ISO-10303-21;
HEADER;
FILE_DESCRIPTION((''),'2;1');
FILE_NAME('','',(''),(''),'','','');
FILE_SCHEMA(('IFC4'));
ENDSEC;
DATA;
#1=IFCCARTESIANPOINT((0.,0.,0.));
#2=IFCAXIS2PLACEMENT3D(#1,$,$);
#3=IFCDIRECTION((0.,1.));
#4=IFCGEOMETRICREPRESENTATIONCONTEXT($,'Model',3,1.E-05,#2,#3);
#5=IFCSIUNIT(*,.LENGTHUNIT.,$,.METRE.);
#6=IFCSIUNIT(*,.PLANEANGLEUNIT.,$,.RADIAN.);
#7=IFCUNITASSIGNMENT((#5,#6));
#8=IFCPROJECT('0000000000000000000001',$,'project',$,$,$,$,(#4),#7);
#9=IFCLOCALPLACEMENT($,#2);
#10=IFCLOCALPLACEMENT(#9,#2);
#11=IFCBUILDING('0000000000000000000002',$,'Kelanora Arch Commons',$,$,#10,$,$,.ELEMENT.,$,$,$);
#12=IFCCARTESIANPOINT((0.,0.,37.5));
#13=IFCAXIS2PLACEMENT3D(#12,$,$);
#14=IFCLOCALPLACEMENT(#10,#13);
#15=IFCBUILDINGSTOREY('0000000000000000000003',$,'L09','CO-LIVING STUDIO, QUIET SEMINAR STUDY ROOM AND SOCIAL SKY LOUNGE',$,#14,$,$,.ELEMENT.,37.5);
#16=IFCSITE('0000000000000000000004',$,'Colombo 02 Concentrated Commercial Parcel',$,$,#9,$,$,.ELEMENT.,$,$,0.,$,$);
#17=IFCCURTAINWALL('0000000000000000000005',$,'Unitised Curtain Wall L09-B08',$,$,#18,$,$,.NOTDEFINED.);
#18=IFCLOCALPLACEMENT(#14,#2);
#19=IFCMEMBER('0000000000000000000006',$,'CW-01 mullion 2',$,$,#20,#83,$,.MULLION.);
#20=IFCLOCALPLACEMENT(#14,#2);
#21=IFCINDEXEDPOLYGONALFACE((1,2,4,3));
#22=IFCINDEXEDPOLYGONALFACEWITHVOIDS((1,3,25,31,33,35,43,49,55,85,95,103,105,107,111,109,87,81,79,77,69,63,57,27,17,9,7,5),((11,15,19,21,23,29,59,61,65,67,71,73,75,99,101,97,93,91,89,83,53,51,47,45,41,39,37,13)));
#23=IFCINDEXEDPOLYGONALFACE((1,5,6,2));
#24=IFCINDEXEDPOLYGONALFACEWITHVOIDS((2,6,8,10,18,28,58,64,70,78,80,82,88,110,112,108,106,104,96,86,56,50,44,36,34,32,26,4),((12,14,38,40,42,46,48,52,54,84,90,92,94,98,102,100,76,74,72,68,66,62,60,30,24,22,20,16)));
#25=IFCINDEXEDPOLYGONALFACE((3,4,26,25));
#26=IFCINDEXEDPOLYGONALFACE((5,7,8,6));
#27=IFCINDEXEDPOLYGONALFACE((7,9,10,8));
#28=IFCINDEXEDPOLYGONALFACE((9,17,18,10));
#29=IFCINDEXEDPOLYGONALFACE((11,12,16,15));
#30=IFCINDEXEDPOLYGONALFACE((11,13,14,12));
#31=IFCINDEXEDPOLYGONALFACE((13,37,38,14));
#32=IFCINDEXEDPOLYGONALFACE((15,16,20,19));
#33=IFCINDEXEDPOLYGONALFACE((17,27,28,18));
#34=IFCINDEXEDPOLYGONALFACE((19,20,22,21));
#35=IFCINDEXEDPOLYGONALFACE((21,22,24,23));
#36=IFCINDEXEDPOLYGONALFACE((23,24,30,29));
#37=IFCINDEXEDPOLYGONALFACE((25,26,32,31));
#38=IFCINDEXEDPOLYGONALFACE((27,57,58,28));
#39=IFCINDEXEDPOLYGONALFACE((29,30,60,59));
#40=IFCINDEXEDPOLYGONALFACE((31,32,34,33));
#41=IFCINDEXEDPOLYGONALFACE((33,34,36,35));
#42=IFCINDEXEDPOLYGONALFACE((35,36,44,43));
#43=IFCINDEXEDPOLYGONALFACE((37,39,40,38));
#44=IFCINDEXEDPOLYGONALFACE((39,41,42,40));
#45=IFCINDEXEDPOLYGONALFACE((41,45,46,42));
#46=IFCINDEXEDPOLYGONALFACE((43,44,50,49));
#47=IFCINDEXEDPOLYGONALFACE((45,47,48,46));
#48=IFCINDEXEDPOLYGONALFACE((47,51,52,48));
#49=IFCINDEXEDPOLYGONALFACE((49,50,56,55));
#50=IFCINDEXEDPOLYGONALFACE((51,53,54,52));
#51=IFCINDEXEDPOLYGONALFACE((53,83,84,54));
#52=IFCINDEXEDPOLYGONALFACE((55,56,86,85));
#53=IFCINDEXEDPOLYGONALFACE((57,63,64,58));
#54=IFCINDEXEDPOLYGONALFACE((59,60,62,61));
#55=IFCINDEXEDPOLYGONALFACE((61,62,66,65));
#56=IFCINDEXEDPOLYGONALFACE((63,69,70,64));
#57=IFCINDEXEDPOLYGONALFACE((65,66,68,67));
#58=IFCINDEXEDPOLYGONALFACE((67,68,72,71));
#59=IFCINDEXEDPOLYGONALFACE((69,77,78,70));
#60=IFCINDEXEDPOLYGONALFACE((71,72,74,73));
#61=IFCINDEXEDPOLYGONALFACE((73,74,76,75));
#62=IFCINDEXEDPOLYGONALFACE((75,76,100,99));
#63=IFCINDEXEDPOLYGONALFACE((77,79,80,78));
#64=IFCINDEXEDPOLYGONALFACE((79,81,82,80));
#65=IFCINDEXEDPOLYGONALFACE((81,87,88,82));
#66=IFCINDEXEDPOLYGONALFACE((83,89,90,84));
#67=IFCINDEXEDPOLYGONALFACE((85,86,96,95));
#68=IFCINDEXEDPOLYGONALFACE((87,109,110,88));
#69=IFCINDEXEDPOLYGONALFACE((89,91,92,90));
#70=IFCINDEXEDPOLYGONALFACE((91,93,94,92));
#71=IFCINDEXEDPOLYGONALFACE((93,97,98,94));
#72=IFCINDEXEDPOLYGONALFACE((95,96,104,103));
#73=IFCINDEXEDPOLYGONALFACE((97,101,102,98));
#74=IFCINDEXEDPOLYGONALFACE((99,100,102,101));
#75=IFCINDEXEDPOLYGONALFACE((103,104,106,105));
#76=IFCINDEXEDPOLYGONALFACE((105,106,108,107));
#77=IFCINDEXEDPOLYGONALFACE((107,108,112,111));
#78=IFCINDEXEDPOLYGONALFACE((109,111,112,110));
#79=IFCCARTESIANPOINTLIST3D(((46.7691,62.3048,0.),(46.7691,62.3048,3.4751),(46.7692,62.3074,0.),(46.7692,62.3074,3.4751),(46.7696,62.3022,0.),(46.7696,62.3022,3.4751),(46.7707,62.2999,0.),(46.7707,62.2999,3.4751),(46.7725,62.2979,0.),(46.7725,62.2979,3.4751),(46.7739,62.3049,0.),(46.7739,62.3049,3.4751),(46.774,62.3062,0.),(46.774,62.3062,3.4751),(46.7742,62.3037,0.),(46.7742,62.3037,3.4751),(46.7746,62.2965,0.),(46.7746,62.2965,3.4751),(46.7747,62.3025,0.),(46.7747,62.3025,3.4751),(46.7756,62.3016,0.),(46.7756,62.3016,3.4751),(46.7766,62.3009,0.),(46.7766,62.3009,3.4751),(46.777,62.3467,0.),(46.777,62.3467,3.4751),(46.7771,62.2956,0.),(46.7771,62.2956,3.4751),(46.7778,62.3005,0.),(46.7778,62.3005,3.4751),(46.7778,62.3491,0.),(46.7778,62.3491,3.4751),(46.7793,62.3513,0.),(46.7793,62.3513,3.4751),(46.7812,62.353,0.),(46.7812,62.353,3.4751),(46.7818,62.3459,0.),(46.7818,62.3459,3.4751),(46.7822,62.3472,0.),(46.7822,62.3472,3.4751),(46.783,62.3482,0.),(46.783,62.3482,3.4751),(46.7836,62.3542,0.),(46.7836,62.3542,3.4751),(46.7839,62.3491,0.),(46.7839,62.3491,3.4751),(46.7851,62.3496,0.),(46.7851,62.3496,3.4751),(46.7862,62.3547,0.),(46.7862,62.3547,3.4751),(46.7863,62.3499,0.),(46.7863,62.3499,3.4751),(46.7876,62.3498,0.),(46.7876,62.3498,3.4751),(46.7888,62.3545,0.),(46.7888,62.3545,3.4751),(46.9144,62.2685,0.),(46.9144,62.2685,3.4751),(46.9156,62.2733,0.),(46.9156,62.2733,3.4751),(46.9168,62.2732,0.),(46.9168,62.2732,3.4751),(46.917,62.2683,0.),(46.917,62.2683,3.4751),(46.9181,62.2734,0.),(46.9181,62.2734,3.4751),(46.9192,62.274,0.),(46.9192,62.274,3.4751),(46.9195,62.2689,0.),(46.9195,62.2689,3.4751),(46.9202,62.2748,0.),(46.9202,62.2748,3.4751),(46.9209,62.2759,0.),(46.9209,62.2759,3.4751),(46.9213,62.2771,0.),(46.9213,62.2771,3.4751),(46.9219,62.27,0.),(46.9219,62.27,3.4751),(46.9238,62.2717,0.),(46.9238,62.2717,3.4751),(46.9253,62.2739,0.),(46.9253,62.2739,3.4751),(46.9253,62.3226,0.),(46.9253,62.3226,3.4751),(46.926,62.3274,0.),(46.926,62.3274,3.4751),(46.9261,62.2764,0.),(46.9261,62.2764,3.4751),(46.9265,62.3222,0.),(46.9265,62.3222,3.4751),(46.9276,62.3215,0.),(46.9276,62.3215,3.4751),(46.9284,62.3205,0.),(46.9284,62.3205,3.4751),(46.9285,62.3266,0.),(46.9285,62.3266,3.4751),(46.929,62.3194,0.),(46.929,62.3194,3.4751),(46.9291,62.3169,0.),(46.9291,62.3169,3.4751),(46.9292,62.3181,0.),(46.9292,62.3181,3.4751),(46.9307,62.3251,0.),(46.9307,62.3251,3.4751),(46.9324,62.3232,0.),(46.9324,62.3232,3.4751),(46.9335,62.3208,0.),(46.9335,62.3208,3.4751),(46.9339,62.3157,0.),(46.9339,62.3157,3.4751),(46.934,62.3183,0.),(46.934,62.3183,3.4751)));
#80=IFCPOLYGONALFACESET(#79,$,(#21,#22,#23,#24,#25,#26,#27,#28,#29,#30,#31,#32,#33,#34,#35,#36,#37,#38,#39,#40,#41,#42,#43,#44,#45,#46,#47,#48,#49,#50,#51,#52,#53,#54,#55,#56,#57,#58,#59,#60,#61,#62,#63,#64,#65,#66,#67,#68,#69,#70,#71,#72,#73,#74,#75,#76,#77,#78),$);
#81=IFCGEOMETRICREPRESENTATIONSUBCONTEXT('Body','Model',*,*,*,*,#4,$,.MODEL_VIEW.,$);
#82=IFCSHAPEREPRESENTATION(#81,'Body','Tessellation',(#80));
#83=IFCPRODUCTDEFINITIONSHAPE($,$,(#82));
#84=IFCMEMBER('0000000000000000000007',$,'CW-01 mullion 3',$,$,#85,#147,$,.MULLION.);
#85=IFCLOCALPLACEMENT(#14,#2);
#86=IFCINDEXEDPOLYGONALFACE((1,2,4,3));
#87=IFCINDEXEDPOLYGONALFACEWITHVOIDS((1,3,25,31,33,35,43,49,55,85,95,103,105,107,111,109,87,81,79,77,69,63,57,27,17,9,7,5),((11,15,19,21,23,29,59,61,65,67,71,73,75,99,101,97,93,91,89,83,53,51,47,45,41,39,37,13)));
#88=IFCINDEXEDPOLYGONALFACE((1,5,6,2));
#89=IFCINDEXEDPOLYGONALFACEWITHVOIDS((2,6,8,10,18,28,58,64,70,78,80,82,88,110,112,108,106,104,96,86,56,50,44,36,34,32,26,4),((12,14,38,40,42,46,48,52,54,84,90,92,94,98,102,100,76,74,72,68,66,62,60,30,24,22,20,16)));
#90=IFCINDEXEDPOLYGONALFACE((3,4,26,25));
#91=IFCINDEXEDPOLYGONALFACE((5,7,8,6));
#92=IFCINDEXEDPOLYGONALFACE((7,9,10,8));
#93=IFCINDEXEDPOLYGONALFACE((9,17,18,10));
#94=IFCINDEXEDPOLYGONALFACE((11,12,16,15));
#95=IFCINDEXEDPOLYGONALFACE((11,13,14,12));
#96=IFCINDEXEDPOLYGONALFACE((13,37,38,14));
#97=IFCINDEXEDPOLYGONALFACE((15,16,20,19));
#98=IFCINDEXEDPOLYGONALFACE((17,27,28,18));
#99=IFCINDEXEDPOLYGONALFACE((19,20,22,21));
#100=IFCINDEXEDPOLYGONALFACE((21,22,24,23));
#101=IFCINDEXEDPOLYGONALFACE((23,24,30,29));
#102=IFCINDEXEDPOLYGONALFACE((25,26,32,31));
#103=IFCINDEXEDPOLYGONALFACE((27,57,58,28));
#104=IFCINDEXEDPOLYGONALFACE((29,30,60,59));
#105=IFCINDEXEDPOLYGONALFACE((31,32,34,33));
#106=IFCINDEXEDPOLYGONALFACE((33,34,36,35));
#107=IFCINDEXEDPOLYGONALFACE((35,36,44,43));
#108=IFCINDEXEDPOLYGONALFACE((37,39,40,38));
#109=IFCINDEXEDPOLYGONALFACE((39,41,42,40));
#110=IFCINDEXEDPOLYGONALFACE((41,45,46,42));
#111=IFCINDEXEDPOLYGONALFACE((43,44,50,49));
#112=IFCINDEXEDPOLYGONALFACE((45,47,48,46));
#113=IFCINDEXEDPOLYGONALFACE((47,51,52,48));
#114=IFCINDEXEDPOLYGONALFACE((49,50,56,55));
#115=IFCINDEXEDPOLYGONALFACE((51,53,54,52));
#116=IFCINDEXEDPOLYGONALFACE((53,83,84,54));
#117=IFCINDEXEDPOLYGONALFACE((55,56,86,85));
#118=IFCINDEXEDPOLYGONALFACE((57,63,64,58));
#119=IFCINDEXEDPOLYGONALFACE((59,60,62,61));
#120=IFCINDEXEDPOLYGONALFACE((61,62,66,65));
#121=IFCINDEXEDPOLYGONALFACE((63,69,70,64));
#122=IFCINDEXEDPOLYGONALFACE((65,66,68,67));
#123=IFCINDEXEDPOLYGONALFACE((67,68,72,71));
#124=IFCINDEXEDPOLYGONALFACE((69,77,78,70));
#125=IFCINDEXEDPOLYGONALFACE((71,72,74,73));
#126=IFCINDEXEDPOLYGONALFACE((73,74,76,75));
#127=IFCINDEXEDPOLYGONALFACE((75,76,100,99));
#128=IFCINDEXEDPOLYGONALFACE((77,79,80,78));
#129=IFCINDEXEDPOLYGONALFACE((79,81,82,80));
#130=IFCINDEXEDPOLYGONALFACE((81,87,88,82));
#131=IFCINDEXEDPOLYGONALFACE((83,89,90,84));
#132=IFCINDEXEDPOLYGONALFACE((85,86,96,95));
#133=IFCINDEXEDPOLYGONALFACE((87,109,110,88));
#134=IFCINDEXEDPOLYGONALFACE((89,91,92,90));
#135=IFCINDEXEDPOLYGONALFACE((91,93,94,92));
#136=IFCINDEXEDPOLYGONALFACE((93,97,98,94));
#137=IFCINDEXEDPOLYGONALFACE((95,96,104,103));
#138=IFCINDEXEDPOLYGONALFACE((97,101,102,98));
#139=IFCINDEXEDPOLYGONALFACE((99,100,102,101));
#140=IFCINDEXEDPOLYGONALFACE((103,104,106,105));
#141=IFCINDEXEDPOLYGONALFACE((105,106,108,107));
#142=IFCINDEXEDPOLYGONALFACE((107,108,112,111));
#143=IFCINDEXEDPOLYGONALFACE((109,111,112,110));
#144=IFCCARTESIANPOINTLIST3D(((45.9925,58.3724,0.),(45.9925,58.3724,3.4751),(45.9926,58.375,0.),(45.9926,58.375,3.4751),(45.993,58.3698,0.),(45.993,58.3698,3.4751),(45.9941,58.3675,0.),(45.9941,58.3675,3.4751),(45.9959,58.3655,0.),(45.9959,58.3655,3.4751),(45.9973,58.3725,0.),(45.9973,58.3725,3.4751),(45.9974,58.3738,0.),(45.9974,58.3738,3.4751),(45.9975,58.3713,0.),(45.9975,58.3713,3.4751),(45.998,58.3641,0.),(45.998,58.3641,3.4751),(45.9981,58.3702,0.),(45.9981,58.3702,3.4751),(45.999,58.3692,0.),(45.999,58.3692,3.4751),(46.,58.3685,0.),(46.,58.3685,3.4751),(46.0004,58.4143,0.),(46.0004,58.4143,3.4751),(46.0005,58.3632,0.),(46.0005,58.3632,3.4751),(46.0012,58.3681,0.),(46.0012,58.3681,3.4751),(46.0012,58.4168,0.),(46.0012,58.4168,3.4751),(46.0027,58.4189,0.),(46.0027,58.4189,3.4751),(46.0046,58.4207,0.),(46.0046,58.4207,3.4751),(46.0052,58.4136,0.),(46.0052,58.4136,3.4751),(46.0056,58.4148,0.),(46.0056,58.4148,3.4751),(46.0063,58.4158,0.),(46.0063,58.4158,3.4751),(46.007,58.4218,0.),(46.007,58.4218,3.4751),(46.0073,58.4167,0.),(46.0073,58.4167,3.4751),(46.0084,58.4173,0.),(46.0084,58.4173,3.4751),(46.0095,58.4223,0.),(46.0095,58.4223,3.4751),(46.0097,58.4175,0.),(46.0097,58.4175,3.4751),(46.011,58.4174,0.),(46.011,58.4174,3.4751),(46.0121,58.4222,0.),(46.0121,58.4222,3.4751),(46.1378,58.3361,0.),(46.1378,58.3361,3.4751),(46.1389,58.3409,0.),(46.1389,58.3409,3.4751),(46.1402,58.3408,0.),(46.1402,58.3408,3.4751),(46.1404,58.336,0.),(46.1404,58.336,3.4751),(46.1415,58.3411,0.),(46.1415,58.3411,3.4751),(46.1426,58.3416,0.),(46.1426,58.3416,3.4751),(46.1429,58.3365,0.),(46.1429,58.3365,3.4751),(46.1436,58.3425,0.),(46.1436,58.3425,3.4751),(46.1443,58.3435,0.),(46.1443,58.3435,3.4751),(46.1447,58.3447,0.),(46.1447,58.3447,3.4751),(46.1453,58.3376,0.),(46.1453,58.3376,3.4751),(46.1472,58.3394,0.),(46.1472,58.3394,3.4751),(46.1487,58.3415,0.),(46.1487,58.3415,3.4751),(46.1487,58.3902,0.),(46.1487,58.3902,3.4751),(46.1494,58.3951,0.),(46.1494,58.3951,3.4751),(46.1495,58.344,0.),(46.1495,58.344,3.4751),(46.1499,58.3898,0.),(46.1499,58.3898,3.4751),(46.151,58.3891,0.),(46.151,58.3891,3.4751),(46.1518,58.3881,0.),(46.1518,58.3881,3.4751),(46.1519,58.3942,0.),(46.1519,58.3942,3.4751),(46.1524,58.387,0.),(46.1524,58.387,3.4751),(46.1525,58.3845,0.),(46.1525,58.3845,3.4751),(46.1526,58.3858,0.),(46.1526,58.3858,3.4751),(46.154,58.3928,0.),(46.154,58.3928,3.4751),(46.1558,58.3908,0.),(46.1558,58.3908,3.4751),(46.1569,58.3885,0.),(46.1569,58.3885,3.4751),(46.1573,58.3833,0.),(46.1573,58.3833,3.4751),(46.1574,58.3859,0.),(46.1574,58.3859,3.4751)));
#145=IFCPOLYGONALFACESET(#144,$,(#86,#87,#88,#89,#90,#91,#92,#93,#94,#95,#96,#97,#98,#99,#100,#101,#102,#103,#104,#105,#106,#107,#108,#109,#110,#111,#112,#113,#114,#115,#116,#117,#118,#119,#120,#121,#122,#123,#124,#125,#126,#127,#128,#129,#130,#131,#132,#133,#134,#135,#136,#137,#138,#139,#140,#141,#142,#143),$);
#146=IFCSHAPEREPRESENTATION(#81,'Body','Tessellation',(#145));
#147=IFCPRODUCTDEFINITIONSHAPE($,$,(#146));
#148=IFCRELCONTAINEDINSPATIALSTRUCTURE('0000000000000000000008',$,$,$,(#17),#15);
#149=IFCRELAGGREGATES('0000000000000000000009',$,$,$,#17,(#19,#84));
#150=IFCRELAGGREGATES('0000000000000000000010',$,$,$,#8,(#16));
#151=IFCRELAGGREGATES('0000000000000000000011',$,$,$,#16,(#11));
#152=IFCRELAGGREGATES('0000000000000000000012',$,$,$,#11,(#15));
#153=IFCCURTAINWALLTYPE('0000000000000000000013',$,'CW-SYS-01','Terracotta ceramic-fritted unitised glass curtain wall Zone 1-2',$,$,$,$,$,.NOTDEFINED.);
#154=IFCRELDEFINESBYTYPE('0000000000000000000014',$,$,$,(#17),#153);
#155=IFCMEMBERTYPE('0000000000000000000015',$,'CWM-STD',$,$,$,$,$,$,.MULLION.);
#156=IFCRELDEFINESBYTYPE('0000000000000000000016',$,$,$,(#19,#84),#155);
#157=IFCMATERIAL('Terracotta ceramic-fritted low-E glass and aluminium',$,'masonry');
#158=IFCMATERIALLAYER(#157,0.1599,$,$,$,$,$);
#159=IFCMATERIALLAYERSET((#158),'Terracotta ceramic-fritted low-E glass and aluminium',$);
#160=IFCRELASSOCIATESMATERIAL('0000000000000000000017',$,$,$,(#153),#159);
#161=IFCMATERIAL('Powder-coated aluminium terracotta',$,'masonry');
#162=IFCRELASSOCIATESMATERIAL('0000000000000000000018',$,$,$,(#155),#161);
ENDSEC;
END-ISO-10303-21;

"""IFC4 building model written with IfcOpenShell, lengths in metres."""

from ifc_helpers import new_model, si_unit, direction, frame, origin, origin_2d, place, context, subcontext, project, spatial, hollow_rectangle, extrude, material, layer, layer_set, material_profile, profile_set, type_object, element, aggregate, save


model = new_model("IFC4")

# Units and contexts
model_context = context("Model", 3, precision=1e-05, world=origin(), true_north=direction((0.0, 1.0)))
body_context = subcontext(model_context, "Body", "Model", "MODEL_VIEW")
ifc_project = project(units=[si_unit("LENGTHUNIT", "METRE"), si_unit("PLANEANGLEUNIT", "RADIAN")], contexts=[model_context])

# Site, building, storey
site_placement = place(None, origin())
site = spatial("IfcSite", under=ifc_project, at=site_placement, Name="Colombo 02 Concentrated Commercial Parcel", CompositionType="ELEMENT", RefElevation=0.0)
building_placement = place(site_placement, origin())
building = spatial("IfcBuilding", under=site, at=building_placement, Name="Kelanora Arch Commons", CompositionType="ELEMENT")
storey_placement = place(building_placement, frame((0.0, 0.0, 37.5)))
storey = spatial("IfcBuildingStorey", under=building, at=storey_placement, Name="L09", Description="CO-LIVING STUDIO, QUIET SEMINAR STUDY ROOM AND SOCIAL SKY LOUNGE", CompositionType="ELEMENT", Elevation=37.5)

# Curtain wall, members
ifc_material_1 = material(Name="Terracotta ceramic-fritted low-E glass and aluminium", Category="masonry")
ifc_layer_1 = layer(ifc_material_1, 0.1599)
ifc_layer_set_1 = layer_set([ifc_layer_1], Name="Terracotta ceramic-fritted low-E glass and aluminium")
curtain_wall_type = type_object("IfcCurtainWallType", Name="CW-SYS-01", Description="Terracotta ceramic-fritted unitised glass curtain wall Zone 1-2", PredefinedType="NOTDEFINED", material=ifc_layer_set_1)
curtain_wall_placement = place(storey_placement, origin())
curtain_wall = element("IfcCurtainWall", 1, at=curtain_wall_placement, inside=storey, type_object=curtain_wall_type, Name="Unitised Curtain Wall L09-B08", PredefinedType="NOTDEFINED")
ifc_material_2 = material(Name="Powder-coated aluminium terracotta", Category="masonry")
ifc_material_profile_1 = material_profile(ifc_material_2, hollow_rectangle(XDim=0.1599, YDim=0.0601, WallThickness=0.0049, InnerFilletRadius=0.0049, OuterFilletRadius=0.01, at=origin_2d()), Name="CWM160x60")
ifc_profile_set_1 = profile_set([ifc_material_profile_1], Name="Powder-coated aluminium terracotta")
member_type_1 = type_object("IfcMemberType", Name="CWM-STD", PredefinedType="MULLION", material=ifc_profile_set_1)
member_1_placement = place(storey_placement, frame((46.8516, 62.3115, 0.0), z_axis=(0.0, 0.0, 1.0), x_axis=(0.981052, -0.193744, 0.0)))
member_1 = element("IfcMember", 2, at=member_1_placement, type_object=member_type_1, Name="CW-01 mullion 2", PredefinedType="MULLION", context=body_context, shape_type="SweptSolid", body=[
    extrude(hollow_rectangle(XDim=0.1599, YDim=0.0601, WallThickness=0.0049, InnerFilletRadius=0.0049, OuterFilletRadius=0.01, at=origin_2d()), origin(), (0.0, 0.0, 1.0), 3.4751),
])
member_2_placement = place(storey_placement, frame((46.075, 58.3792, 0.0), z_axis=(0.0, 0.0, 1.0), x_axis=(0.981052, -0.193744, 0.0)))
member_2 = element("IfcMember", 3, at=member_2_placement, type_object=member_type_1, Name="CW-01 mullion 3", PredefinedType="MULLION", context=body_context, shape_type="SweptSolid", body=[
    extrude(hollow_rectangle(XDim=0.1599, YDim=0.0601, WallThickness=0.0049, InnerFilletRadius=0.0049, OuterFilletRadius=0.01, at=origin_2d()), origin(), (0.0, 0.0, 1.0), 3.4751),
])
aggregate(curtain_wall, [member_1, member_2])

save(model, "model.ifc")
